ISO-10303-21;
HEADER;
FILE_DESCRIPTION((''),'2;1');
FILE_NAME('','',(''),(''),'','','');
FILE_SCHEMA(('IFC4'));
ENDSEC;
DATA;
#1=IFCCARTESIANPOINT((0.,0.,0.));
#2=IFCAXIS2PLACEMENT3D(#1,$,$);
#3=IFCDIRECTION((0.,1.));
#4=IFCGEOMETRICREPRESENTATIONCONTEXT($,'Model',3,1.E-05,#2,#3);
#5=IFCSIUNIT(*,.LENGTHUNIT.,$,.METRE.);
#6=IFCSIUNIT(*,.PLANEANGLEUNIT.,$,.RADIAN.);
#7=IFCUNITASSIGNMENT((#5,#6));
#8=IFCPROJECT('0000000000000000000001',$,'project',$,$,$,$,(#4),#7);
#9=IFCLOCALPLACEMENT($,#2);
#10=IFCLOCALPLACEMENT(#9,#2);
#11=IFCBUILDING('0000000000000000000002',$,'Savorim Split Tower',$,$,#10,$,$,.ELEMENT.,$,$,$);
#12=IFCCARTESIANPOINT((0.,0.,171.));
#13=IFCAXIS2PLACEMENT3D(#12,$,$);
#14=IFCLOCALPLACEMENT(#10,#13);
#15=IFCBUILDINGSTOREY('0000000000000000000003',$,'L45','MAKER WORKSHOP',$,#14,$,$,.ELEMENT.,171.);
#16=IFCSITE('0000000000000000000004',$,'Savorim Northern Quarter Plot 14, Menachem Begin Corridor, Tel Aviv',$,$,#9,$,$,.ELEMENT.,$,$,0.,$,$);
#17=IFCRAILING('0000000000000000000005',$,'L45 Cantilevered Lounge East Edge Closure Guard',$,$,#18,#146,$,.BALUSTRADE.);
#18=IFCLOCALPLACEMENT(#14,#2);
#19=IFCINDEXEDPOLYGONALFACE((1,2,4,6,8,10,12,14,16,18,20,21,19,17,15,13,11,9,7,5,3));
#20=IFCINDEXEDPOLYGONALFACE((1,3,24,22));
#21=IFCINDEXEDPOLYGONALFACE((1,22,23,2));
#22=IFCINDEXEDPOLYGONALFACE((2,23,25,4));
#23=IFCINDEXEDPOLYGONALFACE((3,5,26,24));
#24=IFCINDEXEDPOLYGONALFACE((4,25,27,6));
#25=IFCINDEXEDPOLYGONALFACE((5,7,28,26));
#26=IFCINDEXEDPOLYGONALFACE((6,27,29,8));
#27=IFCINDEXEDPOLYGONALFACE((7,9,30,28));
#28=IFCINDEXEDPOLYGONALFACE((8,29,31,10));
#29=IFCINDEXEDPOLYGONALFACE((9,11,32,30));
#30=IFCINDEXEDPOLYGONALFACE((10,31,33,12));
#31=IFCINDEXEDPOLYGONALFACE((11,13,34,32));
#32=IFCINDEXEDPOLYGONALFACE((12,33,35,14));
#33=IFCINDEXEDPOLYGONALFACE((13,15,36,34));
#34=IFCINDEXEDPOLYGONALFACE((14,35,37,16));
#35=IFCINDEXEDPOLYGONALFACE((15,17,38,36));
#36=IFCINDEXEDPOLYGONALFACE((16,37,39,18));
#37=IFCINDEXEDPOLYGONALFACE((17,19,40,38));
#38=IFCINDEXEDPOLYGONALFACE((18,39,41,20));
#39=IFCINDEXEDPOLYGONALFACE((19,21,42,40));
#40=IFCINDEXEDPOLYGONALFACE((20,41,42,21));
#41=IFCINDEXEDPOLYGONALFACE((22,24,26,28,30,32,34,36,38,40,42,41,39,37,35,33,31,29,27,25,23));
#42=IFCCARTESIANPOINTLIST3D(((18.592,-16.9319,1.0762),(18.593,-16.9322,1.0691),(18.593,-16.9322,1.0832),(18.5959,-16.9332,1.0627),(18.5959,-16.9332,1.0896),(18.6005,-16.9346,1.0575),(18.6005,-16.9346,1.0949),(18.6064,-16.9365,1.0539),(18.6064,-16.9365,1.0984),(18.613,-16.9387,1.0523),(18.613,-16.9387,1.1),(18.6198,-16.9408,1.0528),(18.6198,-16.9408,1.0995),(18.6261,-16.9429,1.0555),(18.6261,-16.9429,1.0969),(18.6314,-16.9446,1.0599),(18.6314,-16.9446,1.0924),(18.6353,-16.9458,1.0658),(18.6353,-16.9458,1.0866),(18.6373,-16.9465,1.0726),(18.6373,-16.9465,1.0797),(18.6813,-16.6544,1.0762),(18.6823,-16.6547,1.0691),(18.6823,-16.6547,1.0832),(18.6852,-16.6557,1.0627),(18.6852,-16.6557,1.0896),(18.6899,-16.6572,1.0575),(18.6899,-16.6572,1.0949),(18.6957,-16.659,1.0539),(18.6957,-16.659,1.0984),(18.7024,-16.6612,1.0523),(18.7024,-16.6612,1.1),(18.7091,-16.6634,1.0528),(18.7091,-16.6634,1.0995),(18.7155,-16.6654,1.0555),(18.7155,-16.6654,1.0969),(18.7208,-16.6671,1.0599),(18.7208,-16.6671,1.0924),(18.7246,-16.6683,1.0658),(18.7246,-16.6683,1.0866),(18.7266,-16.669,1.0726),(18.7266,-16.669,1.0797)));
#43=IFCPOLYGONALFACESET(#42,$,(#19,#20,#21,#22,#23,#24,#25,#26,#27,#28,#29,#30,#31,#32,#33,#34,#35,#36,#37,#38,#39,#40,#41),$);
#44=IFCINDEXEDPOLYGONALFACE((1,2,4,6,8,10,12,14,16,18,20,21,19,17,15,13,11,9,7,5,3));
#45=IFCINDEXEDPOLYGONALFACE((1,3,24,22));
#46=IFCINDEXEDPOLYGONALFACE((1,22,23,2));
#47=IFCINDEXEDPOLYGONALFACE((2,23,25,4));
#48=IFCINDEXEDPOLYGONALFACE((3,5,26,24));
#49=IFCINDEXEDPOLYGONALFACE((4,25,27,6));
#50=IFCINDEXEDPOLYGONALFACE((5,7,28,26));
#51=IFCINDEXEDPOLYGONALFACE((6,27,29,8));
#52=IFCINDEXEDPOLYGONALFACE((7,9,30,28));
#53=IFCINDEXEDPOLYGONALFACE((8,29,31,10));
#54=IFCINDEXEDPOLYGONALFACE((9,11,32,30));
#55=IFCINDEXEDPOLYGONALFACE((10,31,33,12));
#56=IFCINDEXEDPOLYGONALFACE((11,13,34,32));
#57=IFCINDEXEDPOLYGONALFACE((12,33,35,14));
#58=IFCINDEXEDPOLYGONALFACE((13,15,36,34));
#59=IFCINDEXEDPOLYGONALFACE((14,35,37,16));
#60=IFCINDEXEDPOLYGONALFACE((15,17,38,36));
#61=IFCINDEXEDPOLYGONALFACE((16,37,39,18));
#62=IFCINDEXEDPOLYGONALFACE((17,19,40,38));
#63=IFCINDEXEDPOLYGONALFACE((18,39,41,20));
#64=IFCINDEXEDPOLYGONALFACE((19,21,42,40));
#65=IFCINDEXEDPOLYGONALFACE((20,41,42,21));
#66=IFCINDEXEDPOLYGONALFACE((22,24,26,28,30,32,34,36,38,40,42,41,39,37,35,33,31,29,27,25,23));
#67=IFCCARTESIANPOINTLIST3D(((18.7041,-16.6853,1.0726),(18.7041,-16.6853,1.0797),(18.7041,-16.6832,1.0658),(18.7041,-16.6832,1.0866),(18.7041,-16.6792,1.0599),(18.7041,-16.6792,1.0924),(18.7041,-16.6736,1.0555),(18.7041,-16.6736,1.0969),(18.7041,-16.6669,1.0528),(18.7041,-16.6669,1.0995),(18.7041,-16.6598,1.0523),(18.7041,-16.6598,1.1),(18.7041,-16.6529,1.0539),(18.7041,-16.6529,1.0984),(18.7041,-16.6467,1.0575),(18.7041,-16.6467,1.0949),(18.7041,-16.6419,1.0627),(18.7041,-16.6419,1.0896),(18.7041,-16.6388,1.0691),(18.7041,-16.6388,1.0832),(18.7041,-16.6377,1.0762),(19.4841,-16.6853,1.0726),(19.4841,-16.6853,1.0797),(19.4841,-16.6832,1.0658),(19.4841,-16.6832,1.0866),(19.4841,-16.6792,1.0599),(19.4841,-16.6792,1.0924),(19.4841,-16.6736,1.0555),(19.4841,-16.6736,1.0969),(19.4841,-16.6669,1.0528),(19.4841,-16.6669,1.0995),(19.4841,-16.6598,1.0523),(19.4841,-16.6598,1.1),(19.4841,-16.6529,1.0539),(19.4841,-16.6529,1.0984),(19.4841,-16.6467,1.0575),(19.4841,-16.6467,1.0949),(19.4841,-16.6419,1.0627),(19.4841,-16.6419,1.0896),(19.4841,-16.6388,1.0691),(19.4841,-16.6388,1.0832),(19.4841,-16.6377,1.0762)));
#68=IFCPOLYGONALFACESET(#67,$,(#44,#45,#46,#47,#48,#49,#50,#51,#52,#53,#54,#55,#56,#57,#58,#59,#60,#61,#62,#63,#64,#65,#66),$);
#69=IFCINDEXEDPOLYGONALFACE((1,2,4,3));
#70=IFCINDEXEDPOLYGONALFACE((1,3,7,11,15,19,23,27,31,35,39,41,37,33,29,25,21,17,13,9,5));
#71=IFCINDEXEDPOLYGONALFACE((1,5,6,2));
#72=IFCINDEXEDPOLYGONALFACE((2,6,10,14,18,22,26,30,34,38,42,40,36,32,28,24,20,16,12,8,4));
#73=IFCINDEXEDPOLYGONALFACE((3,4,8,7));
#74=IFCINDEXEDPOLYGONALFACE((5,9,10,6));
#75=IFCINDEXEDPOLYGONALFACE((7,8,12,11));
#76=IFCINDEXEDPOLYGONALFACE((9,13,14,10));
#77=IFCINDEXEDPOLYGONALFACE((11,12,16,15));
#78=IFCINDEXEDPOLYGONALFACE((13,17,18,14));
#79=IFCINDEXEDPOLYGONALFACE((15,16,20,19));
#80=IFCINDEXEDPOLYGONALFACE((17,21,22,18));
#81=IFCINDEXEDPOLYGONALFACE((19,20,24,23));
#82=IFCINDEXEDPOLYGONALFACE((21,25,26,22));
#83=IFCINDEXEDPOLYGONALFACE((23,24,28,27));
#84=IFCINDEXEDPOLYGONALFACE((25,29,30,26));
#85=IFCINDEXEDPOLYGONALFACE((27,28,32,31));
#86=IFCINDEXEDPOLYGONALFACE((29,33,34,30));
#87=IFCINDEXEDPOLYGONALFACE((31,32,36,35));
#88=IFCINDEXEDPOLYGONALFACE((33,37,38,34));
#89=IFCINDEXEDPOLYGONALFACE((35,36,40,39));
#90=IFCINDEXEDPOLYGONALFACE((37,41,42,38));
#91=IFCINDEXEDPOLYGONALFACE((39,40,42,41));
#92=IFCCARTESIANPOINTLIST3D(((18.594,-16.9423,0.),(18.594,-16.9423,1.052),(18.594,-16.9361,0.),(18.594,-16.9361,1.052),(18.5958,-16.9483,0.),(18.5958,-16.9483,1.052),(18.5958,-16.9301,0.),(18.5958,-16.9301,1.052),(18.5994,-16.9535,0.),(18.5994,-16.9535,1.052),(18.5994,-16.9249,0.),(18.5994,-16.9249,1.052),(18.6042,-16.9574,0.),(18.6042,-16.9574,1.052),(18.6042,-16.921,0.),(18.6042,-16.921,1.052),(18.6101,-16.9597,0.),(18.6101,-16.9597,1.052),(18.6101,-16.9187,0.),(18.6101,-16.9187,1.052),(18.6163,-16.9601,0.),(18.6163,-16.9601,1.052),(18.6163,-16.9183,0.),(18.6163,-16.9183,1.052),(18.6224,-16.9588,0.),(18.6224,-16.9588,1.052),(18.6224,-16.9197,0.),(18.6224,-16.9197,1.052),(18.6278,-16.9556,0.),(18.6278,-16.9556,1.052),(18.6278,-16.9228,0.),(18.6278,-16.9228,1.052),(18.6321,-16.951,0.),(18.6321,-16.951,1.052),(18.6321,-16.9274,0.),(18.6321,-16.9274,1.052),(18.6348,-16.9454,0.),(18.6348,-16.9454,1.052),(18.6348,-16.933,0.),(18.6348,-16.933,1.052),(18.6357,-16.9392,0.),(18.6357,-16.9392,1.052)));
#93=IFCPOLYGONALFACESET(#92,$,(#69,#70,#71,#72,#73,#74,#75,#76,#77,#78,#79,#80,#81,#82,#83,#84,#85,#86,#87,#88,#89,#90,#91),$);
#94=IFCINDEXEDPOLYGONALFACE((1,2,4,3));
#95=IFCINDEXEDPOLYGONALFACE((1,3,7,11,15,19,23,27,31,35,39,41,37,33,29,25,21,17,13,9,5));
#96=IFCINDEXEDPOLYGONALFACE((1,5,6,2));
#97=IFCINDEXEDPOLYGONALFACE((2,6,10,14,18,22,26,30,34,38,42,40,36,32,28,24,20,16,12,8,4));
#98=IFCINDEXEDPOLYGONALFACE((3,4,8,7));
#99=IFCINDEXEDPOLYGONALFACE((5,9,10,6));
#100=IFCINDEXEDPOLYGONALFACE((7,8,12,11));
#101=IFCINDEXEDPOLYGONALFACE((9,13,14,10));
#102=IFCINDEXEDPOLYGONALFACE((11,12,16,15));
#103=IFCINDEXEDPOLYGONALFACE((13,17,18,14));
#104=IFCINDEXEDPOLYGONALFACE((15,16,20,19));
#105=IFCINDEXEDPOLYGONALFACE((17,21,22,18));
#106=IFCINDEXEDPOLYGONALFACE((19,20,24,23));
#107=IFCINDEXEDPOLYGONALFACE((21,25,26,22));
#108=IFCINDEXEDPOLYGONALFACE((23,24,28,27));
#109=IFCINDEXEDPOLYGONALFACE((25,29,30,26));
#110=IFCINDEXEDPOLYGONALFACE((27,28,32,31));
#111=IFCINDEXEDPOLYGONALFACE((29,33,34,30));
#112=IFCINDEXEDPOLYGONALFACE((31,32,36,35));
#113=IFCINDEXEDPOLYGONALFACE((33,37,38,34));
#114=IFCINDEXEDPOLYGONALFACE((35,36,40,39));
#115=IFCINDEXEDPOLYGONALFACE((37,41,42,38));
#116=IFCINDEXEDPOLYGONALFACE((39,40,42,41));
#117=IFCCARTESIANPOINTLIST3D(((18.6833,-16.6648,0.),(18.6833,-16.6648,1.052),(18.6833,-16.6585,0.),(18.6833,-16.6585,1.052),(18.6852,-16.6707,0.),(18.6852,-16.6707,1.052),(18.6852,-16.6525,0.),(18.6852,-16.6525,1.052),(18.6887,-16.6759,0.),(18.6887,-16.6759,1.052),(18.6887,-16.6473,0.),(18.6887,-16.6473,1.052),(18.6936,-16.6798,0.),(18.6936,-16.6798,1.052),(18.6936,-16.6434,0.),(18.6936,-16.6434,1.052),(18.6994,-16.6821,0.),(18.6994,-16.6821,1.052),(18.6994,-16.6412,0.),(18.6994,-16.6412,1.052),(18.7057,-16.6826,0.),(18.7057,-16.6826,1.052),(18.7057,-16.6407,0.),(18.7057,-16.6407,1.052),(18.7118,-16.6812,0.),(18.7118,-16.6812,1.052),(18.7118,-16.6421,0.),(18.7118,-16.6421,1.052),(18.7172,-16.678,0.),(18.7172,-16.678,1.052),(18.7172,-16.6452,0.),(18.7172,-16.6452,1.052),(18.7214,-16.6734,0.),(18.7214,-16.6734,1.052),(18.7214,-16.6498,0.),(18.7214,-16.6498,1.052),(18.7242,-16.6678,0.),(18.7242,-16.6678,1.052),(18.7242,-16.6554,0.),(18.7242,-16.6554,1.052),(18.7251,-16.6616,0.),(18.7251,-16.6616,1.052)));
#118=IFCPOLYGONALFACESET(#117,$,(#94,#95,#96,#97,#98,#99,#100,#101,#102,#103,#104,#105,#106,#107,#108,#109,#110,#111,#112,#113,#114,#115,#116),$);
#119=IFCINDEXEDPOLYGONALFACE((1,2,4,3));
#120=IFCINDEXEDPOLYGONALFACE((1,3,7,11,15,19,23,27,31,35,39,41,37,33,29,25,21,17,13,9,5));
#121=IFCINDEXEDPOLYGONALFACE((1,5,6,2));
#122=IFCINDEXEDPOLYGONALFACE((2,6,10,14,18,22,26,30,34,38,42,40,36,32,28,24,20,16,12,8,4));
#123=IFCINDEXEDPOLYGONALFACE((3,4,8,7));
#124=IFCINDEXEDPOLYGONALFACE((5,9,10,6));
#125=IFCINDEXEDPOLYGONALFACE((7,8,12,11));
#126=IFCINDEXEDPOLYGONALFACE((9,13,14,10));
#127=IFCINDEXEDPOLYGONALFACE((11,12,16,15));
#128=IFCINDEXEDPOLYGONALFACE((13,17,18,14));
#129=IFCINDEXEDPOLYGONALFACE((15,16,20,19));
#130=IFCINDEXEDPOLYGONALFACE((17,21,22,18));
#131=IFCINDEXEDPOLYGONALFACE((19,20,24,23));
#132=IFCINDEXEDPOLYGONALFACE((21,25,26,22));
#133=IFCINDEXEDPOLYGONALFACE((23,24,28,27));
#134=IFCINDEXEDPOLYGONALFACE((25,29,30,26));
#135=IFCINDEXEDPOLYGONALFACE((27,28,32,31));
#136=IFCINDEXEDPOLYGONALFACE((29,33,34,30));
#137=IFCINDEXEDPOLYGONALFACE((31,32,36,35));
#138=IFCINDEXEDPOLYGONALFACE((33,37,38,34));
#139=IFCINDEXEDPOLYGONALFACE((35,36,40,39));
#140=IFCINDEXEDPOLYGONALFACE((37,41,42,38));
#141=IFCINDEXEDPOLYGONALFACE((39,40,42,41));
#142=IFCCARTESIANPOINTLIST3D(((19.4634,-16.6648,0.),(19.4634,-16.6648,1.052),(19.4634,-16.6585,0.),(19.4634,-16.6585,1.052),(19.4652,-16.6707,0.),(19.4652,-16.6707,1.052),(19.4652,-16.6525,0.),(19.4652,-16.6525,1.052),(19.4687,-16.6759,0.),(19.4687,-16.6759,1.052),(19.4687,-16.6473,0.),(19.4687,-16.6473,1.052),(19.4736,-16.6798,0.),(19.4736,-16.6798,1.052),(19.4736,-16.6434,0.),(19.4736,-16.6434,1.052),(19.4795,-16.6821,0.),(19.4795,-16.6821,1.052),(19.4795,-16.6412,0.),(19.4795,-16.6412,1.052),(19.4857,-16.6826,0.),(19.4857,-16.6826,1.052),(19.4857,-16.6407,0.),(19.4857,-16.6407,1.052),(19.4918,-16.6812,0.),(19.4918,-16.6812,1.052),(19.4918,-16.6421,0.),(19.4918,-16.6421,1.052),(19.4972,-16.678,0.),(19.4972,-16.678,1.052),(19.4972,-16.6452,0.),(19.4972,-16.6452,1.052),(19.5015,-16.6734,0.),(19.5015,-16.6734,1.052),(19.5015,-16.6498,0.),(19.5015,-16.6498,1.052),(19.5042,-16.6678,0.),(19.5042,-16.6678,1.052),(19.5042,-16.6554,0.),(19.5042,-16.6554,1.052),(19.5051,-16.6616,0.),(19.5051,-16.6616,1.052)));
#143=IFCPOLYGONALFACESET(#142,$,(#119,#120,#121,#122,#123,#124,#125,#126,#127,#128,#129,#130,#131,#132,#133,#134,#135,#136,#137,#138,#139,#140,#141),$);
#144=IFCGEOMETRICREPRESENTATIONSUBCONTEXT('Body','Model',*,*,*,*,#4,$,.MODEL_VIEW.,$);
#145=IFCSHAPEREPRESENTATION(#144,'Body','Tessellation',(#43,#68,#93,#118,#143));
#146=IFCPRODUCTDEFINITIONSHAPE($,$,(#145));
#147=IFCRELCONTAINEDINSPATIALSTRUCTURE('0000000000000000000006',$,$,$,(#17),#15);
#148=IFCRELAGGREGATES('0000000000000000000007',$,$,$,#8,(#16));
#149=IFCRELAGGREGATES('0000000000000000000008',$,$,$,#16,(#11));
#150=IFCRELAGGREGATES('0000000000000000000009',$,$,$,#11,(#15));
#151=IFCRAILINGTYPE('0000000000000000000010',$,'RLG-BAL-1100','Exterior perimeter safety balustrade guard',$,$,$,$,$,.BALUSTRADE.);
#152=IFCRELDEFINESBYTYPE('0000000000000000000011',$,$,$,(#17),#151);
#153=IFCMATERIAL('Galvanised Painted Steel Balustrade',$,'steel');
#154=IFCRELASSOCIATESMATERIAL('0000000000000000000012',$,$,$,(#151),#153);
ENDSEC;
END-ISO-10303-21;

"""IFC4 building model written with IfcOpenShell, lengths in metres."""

from ifc_helpers import new_model, si_unit, direction, frame, origin, origin_2d, place, context, subcontext, project, spatial, circle, extrude, material, type_object, element, save


model = new_model("IFC4")

# Units and contexts
model_context = context("Model", 3, precision=1e-05, world=origin(), true_north=direction((0.0, 1.0)))
body_context = subcontext(model_context, "Body", "Model", "MODEL_VIEW")
ifc_project = project(units=[si_unit("LENGTHUNIT", "METRE"), si_unit("PLANEANGLEUNIT", "RADIAN")], contexts=[model_context])

# Site, building, storey
site_placement = place(None, origin())
site = spatial("IfcSite", under=ifc_project, at=site_placement, Name="Savorim Northern Quarter Plot 14, Menachem Begin Corridor, Tel Aviv", CompositionType="ELEMENT", RefElevation=0.0)
building_placement = place(site_placement, origin())
building = spatial("IfcBuilding", under=site, at=building_placement, Name="Savorim Split Tower", CompositionType="ELEMENT")
storey_placement = place(building_placement, frame((0.0, 0.0, 171.0)))
storey = spatial("IfcBuildingStorey", under=building, at=storey_placement, Name="L45", Description="MAKER WORKSHOP", CompositionType="ELEMENT", Elevation=171.0)

# Railing
ifc_material_1 = material(Name="Galvanised Painted Steel Balustrade", Category="steel")
railing_type = type_object("IfcRailingType", Name="RLG-BAL-1100", Description="Exterior perimeter safety balustrade guard", PredefinedType="BALUSTRADE", material=ifc_material_1)
railing_1_placement = place(storey_placement, frame((18.6147, -16.9392, 0.0)))
element("IfcRailing", 1, at=railing_1_placement, inside=storey, type_object=railing_type, Name="L45 Cantilevered Lounge East Edge Closure Guard", PredefinedType="BALUSTRADE", context=body_context, shape_type="SweptSolid", body=[
    extrude(circle(Radius=0.0239, at=origin_2d()), frame((0.0, 0.0, 1.0762), z_axis=(0.306416, 0.951898, 0.0), x_axis=(-0.951898, 0.306416, 0.0)), (0.0, 0.0, 1.0), 0.2915),
    extrude(circle(Radius=0.0239, at=origin_2d()), frame((0.0894, 0.2776, 1.0762), z_axis=(1.0, 0.0, 0.0), x_axis=(0.0, 1.0, 0.0)), (0.0, 0.0, 1.0), 0.78),
    extrude(circle(Radius=0.021, at=origin_2d()), origin(), (0.0, 0.0, 1.0), 1.052),
    extrude(circle(Radius=0.021, at=origin_2d()), frame((0.0894, 0.2776, 0.0)), (0.0, 0.0, 1.0), 1.052),
    extrude(circle(Radius=0.021, at=origin_2d()), frame((0.8694, 0.2776, 0.0)), (0.0, 0.0, 1.0), 1.052),
])

save(model, "model.ifc")
